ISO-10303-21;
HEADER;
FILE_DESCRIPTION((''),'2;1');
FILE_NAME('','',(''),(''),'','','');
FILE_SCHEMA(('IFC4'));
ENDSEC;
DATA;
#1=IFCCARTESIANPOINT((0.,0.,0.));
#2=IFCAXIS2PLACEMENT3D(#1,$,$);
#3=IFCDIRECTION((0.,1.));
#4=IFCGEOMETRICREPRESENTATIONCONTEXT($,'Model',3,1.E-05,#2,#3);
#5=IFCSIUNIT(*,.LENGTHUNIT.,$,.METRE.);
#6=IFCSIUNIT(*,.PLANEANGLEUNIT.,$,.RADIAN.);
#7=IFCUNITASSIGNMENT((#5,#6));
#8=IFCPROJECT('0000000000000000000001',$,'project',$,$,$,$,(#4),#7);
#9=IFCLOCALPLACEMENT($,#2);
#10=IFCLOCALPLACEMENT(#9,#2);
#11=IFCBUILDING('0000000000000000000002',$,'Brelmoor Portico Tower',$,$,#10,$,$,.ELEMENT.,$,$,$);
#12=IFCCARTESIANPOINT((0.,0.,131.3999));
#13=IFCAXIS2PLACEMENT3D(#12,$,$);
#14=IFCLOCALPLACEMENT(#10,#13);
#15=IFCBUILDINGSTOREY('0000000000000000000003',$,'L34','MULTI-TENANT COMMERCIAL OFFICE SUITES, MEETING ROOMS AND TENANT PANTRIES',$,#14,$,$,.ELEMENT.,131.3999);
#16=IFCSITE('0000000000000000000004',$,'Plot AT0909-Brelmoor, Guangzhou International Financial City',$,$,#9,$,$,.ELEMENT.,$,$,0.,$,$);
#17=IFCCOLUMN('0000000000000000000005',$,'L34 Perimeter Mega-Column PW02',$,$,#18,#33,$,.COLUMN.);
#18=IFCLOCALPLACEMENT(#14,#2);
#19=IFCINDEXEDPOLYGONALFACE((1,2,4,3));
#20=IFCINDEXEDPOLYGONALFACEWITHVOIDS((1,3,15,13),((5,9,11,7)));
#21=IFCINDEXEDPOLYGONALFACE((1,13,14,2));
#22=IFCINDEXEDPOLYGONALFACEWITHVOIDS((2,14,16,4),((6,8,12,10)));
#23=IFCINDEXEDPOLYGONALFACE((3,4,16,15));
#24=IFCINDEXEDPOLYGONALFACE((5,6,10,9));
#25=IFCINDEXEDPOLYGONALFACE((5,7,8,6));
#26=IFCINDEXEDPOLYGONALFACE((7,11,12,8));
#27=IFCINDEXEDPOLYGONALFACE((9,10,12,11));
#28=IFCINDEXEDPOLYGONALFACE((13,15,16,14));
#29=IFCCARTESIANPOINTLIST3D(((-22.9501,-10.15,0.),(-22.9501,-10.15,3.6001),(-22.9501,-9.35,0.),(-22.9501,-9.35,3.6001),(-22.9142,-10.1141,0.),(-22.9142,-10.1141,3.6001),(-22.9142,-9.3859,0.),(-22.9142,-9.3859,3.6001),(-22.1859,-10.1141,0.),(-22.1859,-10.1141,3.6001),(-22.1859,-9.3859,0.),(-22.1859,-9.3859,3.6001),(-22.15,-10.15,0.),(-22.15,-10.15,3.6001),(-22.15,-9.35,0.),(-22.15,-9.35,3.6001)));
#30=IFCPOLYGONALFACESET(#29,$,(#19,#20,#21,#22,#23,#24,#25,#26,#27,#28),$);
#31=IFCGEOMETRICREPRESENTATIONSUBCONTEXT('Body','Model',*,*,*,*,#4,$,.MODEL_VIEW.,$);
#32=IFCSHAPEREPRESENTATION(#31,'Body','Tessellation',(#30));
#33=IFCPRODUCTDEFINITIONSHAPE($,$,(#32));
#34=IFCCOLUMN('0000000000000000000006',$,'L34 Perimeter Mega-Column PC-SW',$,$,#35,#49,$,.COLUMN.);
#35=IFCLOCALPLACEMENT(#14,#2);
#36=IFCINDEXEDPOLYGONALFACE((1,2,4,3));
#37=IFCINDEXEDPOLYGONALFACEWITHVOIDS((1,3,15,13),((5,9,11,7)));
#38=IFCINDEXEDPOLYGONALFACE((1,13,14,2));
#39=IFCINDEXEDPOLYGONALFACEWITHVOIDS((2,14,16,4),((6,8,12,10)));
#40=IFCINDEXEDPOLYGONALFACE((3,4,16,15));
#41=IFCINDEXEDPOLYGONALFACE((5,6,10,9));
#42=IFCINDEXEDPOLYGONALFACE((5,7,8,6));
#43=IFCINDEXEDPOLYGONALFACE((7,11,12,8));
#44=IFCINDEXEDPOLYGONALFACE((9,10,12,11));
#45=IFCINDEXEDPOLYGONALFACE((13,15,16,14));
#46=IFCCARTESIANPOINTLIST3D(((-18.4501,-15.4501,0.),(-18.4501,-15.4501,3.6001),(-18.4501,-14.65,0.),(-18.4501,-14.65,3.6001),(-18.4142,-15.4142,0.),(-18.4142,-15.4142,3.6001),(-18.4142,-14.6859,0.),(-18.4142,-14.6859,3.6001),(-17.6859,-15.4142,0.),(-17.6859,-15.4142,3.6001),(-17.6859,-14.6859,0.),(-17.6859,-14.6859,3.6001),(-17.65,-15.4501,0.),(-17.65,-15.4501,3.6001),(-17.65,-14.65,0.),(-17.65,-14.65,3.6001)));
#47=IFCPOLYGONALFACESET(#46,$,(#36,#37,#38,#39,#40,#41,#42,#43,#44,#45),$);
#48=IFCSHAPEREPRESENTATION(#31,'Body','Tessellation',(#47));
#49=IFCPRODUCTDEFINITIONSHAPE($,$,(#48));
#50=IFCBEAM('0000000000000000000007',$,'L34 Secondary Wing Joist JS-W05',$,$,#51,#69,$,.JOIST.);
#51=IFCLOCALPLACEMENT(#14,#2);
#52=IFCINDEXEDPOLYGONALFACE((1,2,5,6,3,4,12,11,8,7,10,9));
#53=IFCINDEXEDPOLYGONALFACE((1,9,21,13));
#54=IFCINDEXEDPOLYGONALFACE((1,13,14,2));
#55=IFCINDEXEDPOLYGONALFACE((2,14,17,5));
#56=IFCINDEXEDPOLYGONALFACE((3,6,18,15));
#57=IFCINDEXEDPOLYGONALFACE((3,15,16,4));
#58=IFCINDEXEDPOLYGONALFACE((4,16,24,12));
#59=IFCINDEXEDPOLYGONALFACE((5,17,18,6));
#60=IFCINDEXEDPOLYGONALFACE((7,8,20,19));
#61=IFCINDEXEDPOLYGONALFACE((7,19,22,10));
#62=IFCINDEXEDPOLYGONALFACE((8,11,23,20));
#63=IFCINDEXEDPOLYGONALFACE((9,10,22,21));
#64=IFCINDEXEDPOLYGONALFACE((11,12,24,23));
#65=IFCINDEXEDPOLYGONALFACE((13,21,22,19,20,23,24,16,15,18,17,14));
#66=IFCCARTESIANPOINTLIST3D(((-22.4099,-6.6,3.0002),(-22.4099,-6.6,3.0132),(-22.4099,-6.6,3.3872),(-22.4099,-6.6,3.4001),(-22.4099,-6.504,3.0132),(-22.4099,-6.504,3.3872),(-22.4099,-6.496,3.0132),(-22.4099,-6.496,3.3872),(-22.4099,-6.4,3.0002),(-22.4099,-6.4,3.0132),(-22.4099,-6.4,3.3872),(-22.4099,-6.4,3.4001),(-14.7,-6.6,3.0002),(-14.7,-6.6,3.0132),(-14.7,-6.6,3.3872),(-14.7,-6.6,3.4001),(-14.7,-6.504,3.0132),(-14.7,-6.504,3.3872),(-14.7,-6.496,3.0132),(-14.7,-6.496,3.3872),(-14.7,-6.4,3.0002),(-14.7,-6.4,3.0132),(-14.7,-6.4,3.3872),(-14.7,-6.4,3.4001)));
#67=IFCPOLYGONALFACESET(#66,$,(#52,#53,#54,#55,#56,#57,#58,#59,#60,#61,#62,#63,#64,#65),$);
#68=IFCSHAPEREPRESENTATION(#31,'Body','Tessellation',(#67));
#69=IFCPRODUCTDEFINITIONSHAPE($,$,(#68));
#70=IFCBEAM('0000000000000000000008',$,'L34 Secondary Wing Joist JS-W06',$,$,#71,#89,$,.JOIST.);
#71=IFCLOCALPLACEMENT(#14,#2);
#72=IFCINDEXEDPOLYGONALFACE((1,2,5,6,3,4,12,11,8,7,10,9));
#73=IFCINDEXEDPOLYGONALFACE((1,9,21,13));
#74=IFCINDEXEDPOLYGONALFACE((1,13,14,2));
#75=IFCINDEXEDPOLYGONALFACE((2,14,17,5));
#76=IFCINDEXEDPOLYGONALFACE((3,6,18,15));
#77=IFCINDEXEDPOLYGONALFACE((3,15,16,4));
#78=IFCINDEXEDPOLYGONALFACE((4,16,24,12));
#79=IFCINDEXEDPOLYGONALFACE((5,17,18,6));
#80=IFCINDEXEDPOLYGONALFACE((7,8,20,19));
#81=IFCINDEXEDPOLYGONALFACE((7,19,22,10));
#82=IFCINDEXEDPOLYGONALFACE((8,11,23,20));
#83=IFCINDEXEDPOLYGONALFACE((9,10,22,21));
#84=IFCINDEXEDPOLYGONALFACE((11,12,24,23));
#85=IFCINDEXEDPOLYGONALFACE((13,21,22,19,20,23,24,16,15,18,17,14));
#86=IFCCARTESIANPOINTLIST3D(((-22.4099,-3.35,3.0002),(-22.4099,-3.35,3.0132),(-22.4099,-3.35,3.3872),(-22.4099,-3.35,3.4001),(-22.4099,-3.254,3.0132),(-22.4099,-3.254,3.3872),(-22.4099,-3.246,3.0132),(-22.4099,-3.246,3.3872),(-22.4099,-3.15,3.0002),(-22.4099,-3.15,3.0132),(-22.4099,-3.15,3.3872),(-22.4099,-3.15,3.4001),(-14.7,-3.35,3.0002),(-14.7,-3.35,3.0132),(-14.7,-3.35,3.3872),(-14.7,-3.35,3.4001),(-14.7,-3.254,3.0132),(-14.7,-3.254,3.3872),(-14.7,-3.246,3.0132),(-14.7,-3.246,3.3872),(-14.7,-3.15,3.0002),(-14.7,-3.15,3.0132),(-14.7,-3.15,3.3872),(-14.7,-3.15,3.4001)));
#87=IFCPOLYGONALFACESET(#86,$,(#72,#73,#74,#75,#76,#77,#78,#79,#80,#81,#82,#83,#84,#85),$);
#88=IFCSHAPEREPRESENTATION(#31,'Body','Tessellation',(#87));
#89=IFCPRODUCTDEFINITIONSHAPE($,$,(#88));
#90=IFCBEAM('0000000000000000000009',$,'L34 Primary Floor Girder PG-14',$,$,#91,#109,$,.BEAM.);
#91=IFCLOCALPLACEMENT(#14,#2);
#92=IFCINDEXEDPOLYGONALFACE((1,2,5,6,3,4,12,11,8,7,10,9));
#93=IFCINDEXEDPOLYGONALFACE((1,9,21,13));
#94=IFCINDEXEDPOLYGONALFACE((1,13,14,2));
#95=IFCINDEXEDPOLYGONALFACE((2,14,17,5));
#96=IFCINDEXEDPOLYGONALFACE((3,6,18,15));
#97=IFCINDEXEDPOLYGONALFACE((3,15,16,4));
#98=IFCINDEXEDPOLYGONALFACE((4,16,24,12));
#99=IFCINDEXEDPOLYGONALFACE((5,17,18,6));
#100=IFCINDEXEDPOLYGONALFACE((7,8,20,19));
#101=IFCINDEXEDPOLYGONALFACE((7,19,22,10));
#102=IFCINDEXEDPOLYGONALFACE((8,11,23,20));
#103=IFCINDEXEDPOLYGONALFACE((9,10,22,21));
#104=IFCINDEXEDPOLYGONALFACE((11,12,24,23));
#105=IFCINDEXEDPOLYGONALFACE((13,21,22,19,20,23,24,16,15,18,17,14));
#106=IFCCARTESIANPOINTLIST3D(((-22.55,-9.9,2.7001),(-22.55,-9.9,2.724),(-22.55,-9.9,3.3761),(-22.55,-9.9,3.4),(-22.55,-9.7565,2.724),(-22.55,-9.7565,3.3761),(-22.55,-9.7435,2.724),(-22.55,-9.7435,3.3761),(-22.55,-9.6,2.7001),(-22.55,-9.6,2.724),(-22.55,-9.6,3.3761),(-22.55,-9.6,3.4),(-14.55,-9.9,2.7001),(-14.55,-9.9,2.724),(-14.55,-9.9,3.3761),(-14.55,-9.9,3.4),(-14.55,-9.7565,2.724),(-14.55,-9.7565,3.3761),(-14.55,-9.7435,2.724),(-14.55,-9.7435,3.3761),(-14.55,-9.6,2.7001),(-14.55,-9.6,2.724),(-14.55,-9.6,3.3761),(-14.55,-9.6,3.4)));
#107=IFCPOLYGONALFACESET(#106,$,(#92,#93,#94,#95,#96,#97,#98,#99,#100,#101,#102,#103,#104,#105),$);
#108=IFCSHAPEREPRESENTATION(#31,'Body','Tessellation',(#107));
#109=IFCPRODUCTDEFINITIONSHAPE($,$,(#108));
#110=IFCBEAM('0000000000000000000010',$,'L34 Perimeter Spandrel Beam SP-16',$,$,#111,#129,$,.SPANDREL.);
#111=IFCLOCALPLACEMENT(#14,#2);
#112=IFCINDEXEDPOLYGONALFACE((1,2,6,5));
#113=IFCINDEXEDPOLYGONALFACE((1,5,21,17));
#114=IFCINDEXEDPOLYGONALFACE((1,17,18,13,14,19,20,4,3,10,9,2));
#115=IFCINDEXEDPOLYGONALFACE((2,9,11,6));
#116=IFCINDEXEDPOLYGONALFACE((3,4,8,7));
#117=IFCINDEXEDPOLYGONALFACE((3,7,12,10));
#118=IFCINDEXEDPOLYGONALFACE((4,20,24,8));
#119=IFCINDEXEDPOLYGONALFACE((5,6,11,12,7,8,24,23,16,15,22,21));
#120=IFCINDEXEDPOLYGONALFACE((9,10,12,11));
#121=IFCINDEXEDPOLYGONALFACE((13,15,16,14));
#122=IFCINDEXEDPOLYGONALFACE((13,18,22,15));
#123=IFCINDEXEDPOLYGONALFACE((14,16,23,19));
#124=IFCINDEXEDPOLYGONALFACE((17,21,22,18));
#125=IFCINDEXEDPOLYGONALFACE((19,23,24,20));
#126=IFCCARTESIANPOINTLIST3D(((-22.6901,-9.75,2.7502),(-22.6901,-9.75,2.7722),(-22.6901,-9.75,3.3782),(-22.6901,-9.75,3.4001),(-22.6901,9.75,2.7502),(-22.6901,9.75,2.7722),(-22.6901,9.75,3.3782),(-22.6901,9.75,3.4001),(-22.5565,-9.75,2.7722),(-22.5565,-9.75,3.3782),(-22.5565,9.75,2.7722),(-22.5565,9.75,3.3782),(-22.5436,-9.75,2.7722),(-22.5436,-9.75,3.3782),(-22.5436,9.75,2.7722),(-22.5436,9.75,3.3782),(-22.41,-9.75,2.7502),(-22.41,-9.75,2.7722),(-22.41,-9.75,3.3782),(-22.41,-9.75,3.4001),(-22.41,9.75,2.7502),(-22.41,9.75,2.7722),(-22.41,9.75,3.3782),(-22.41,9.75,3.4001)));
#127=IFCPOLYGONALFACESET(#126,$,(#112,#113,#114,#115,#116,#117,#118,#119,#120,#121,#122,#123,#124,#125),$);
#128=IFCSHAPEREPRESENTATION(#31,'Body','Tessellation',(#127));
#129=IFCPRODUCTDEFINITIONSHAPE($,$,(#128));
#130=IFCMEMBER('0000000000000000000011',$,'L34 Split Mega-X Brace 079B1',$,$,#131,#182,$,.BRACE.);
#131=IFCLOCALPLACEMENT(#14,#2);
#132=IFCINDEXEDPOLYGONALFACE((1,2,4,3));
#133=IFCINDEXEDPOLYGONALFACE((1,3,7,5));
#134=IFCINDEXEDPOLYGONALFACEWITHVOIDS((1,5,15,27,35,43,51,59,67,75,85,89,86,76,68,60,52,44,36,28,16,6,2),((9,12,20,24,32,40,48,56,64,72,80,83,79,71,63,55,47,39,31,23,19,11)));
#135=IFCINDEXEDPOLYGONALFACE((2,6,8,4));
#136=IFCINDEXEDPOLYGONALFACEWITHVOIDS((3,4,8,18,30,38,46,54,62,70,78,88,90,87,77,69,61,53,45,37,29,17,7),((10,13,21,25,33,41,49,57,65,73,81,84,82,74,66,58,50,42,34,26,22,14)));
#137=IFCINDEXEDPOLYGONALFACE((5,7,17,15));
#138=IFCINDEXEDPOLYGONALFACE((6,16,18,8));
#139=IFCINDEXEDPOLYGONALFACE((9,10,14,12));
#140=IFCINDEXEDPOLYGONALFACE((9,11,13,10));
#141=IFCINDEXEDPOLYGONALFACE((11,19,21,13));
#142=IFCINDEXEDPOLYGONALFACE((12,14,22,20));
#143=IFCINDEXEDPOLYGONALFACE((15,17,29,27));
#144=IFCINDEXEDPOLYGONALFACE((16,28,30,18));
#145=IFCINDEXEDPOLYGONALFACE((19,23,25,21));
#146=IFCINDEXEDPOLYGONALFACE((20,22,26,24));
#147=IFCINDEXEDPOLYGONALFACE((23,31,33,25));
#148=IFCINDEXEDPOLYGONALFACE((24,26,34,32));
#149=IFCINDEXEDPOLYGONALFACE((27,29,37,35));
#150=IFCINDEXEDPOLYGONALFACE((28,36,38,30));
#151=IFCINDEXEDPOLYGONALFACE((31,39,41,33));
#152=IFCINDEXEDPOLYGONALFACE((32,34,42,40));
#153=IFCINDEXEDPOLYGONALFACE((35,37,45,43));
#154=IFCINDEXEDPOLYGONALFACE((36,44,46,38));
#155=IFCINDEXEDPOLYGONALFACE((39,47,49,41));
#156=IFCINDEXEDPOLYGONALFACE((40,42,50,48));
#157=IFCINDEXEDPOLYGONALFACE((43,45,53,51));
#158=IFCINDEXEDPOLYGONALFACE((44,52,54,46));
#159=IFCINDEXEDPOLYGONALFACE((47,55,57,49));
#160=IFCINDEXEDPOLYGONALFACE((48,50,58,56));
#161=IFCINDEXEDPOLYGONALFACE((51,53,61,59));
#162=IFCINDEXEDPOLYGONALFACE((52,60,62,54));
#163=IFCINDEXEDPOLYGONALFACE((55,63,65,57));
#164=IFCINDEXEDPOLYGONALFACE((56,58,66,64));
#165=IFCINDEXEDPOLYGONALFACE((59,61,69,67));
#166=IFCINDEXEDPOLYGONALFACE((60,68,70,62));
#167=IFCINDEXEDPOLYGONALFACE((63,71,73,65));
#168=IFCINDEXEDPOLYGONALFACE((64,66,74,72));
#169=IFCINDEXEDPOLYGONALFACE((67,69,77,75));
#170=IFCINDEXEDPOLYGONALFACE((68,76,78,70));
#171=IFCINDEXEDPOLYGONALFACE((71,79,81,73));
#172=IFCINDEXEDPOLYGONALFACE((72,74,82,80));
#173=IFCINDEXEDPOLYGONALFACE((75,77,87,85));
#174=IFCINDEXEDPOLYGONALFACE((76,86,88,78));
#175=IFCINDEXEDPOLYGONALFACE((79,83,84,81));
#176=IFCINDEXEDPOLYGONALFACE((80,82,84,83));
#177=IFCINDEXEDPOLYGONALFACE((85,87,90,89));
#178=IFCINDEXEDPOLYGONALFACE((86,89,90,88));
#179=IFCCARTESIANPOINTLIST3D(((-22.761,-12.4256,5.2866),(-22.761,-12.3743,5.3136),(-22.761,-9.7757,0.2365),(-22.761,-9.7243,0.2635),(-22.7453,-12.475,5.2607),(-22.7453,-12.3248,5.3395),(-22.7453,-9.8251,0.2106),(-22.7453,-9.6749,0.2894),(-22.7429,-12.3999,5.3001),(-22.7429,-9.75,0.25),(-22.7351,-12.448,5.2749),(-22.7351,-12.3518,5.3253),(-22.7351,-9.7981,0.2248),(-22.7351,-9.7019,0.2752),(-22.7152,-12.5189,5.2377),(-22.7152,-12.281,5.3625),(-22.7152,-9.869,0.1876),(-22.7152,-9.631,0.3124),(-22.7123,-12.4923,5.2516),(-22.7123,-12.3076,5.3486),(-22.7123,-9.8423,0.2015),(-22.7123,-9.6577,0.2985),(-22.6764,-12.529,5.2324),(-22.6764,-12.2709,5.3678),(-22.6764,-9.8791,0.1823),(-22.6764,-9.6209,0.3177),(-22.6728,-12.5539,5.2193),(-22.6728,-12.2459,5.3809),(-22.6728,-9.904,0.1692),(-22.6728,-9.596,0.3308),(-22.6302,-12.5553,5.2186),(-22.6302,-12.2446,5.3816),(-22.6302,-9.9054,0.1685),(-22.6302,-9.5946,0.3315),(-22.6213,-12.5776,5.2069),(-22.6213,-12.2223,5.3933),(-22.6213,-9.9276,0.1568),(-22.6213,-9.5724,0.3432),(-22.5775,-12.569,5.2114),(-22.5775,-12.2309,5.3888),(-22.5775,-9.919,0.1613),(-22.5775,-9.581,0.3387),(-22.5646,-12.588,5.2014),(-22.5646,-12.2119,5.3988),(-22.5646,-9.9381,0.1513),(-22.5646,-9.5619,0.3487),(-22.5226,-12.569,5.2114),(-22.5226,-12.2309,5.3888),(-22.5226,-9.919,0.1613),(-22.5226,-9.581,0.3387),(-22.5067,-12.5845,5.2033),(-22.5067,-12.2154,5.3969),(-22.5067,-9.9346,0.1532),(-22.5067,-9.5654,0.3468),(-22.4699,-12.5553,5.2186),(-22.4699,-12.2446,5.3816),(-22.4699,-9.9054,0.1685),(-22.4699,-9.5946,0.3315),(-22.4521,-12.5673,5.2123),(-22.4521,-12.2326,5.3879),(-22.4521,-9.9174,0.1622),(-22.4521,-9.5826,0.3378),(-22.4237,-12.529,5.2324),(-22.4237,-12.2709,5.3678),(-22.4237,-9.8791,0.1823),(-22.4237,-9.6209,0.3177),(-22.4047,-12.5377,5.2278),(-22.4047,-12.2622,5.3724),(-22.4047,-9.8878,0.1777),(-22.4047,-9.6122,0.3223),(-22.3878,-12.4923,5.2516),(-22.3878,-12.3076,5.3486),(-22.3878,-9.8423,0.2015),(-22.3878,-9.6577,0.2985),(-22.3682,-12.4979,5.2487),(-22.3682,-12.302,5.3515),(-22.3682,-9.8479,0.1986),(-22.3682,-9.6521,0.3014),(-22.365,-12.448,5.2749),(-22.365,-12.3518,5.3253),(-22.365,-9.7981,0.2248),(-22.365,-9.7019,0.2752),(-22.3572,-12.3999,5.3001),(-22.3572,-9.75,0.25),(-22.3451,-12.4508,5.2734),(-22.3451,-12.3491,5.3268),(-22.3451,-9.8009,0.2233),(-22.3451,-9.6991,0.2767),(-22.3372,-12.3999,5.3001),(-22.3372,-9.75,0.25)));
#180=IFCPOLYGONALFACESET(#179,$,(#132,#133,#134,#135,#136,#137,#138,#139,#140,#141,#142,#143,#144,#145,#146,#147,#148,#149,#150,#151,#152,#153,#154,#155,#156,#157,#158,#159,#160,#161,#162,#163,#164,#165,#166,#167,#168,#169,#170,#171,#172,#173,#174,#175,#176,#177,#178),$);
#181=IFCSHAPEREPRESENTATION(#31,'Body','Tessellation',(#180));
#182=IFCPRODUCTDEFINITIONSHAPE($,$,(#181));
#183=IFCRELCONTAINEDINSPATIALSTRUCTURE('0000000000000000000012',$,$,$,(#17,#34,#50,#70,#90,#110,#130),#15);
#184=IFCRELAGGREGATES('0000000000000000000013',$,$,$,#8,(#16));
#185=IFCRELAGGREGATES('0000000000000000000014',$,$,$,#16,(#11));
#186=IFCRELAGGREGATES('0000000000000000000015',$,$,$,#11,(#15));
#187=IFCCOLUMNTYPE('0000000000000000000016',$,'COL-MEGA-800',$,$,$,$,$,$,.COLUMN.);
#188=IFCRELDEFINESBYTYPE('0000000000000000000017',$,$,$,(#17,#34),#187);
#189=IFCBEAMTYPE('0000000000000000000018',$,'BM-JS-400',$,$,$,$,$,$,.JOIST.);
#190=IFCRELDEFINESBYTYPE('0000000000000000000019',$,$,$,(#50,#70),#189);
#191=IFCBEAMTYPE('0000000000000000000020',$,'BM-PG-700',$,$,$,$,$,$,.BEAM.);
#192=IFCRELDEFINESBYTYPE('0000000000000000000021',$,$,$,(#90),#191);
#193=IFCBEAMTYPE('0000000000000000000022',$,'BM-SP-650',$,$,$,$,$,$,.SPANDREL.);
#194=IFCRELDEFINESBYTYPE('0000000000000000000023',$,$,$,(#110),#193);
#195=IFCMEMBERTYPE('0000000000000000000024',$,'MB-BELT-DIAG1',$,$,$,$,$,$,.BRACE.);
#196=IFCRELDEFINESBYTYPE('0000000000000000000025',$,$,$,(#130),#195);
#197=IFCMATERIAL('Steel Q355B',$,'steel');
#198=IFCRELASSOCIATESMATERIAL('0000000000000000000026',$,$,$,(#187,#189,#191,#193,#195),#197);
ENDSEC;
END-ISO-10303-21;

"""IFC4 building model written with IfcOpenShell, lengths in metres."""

from ifc_helpers import new_model, si_unit, direction, frame, origin, origin_2d, place, context, subcontext, project, spatial, hollow_rectangle, hollow_circle, i_section, extrude, material, material_profile, profile_set, type_object, element, save


model = new_model("IFC4")

# Units and contexts
model_context = context("Model", 3, precision=1e-05, world=origin(), true_north=direction((0.0, 1.0)))
body_context = subcontext(model_context, "Body", "Model", "MODEL_VIEW")
ifc_project = project(units=[si_unit("LENGTHUNIT", "METRE"), si_unit("PLANEANGLEUNIT", "RADIAN")], contexts=[model_context])

# Site, building, storey
site_placement = place(None, origin())
site = spatial("IfcSite", under=ifc_project, at=site_placement, Name="Plot AT0909-Brelmoor, Guangzhou International Financial City", CompositionType="ELEMENT", RefElevation=0.0)
building_placement = place(site_placement, origin())
building = spatial("IfcBuilding", under=site, at=building_placement, Name="Brelmoor Portico Tower", CompositionType="ELEMENT")
storey_placement = place(building_placement, frame((0.0, 0.0, 131.3999)))
storey = spatial("IfcBuildingStorey", under=building, at=storey_placement, Name="L34", Description="MULTI-TENANT COMMERCIAL OFFICE SUITES, MEETING ROOMS AND TENANT PANTRIES", CompositionType="ELEMENT", Elevation=131.3999)

# Columns
ifc_material_1 = material(Name="Steel Q355B", Category="steel")
ifc_material_profile_1 = material_profile(ifc_material_1, hollow_rectangle(XDim=0.8, YDim=0.8, WallThickness=0.0359, at=origin_2d()), Name="BOX 800x800x36")
ifc_profile_set_1 = profile_set([ifc_material_profile_1], Name="Steel Q355B")
column_type = type_object("IfcColumnType", Name="COL-MEGA-800", PredefinedType="COLUMN", material=ifc_profile_set_1)
for number, where, z_axis, x_axis, name in (
    (1, (-22.55, -9.75, 0.0), (0.0, 0.0, 1.0), (0.0, 1.0, 0.0), "L34 Perimeter Mega-Column PW02"),
    (2, (-18.05, -15.05, 0.0), (0.0, 0.0, 1.0), (1.0, 0.0, 0.0), "L34 Perimeter Mega-Column PC-SW"),
):
    element("IfcColumn", number, at=place(storey_placement, frame(where, z_axis=z_axis, x_axis=x_axis)), inside=storey, type_object=column_type, Name=name, PredefinedType="COLUMN", context=body_context, shape_type="SweptSolid", body=[
        extrude(hollow_rectangle(XDim=0.8, YDim=0.8, WallThickness=0.0359, at=origin_2d()), origin(), (0.0, 0.0, 1.0), 3.6001),
    ])

# Beams
ifc_material_profile_2 = material_profile(ifc_material_1, i_section(OverallWidth=0.2, OverallDepth=0.3999, WebThickness=0.0081, FlangeThickness=0.0129, at=origin_2d()), Name="HN 400x200x8x13")
ifc_profile_set_2 = profile_set([ifc_material_profile_2], Name="Steel Q355B")
beam_type_1 = type_object("IfcBeamType", Name="BM-JS-400", PredefinedType="JOIST", material=ifc_profile_set_2)
for number, where, z_axis, x_axis, name in (
    (3, (-22.4099, -6.5, 3.2002), (1.0, 0.0, 0.0), (0.0, 1.0, 0.0), "L34 Secondary Wing Joist JS-W05"),
    (4, (-22.4099, -3.25, 3.2002), (1.0, 0.0, 0.0), (0.0, 1.0, 0.0), "L34 Secondary Wing Joist JS-W06"),
):
    element("IfcBeam", number, at=place(storey_placement, frame(where, z_axis=z_axis, x_axis=x_axis)), inside=storey, type_object=beam_type_1, Name=name, PredefinedType="JOIST", context=body_context, shape_type="SweptSolid", body=[
        extrude(i_section(OverallWidth=0.2, OverallDepth=0.3999, WebThickness=0.0081, FlangeThickness=0.0129, at=origin_2d()), origin(), (0.0, 0.0, 1.0), 7.71),
    ])
ifc_material_profile_3 = material_profile(ifc_material_1, i_section(OverallWidth=0.3, OverallDepth=0.7, WebThickness=0.0129, FlangeThickness=0.0239, at=origin_2d()), Name="HN 700x300x13x24")
ifc_profile_set_3 = profile_set([ifc_material_profile_3], Name="Steel Q355B")
beam_type_2 = type_object("IfcBeamType", Name="BM-PG-700", PredefinedType="BEAM", material=ifc_profile_set_3)
beam_1_placement = place(storey_placement, frame((-22.55, -9.75, 3.05), z_axis=(1.0, 0.0, 0.0), x_axis=(0.0, 1.0, 0.0)))
element("IfcBeam", 5, at=beam_1_placement, inside=storey, type_object=beam_type_2, Name="L34 Primary Floor Girder PG-14", PredefinedType="BEAM", context=body_context, shape_type="SweptSolid", body=[
    extrude(i_section(OverallWidth=0.3, OverallDepth=0.7, WebThickness=0.0129, FlangeThickness=0.0239, at=origin_2d()), origin(), (0.0, 0.0, 1.0), 8.0),
])
ifc_material_profile_4 = material_profile(ifc_material_1, i_section(OverallWidth=0.28, OverallDepth=0.6499, WebThickness=0.0129, FlangeThickness=0.022, at=origin_2d()), Name="HN 650x280x13x22")
ifc_profile_set_4 = profile_set([ifc_material_profile_4], Name="Steel Q355B")
beam_type_3 = type_object("IfcBeamType", Name="BM-SP-650", PredefinedType="SPANDREL", material=ifc_profile_set_4)
beam_2_placement = place(storey_placement, frame((-22.55, -9.75, 3.0752), z_axis=(0.0, 1.0, 0.0), x_axis=(-1.0, 0.0, 0.0)))
element("IfcBeam", 6, at=beam_2_placement, inside=storey, type_object=beam_type_3, Name="L34 Perimeter Spandrel Beam SP-16", PredefinedType="SPANDREL", context=body_context, shape_type="SweptSolid", body=[
    extrude(i_section(OverallWidth=0.28, OverallDepth=0.6499, WebThickness=0.0129, FlangeThickness=0.022, at=origin_2d()), origin(), (0.0, 0.0, 1.0), 19.5),
])

# Member
ifc_material_profile_5 = material_profile(ifc_material_1, hollow_circle(Radius=0.2129, WallThickness=0.02, at=origin_2d()), Name="CHS 426x20")
ifc_profile_set_5 = profile_set([ifc_material_profile_5], Name="Steel Q355B")
member_type_1 = type_object("IfcMemberType", Name="MB-BELT-DIAG1", PredefinedType="BRACE", material=ifc_profile_set_5)
for number, where, z_axis, x_axis, name in (
    (7, (-22.55, -9.75, 0.25), (0.0, -0.464645, 0.885497), (1.0, 0.0, 0.0), "L34 Split Mega-X Brace 079B1"),
):
    element("IfcMember", number, at=place(storey_placement, frame(where, z_axis=z_axis, x_axis=x_axis)), inside=storey, type_object=member_type_1, Name=name, PredefinedType="BRACE", context=body_context, shape_type="SweptSolid", body=[
        extrude(hollow_circle(Radius=0.2129, WallThickness=0.02, at=origin_2d()), origin(), (0.0, 0.0, 1.0), 5.7031),
    ])

save(model, "model.ifc")
